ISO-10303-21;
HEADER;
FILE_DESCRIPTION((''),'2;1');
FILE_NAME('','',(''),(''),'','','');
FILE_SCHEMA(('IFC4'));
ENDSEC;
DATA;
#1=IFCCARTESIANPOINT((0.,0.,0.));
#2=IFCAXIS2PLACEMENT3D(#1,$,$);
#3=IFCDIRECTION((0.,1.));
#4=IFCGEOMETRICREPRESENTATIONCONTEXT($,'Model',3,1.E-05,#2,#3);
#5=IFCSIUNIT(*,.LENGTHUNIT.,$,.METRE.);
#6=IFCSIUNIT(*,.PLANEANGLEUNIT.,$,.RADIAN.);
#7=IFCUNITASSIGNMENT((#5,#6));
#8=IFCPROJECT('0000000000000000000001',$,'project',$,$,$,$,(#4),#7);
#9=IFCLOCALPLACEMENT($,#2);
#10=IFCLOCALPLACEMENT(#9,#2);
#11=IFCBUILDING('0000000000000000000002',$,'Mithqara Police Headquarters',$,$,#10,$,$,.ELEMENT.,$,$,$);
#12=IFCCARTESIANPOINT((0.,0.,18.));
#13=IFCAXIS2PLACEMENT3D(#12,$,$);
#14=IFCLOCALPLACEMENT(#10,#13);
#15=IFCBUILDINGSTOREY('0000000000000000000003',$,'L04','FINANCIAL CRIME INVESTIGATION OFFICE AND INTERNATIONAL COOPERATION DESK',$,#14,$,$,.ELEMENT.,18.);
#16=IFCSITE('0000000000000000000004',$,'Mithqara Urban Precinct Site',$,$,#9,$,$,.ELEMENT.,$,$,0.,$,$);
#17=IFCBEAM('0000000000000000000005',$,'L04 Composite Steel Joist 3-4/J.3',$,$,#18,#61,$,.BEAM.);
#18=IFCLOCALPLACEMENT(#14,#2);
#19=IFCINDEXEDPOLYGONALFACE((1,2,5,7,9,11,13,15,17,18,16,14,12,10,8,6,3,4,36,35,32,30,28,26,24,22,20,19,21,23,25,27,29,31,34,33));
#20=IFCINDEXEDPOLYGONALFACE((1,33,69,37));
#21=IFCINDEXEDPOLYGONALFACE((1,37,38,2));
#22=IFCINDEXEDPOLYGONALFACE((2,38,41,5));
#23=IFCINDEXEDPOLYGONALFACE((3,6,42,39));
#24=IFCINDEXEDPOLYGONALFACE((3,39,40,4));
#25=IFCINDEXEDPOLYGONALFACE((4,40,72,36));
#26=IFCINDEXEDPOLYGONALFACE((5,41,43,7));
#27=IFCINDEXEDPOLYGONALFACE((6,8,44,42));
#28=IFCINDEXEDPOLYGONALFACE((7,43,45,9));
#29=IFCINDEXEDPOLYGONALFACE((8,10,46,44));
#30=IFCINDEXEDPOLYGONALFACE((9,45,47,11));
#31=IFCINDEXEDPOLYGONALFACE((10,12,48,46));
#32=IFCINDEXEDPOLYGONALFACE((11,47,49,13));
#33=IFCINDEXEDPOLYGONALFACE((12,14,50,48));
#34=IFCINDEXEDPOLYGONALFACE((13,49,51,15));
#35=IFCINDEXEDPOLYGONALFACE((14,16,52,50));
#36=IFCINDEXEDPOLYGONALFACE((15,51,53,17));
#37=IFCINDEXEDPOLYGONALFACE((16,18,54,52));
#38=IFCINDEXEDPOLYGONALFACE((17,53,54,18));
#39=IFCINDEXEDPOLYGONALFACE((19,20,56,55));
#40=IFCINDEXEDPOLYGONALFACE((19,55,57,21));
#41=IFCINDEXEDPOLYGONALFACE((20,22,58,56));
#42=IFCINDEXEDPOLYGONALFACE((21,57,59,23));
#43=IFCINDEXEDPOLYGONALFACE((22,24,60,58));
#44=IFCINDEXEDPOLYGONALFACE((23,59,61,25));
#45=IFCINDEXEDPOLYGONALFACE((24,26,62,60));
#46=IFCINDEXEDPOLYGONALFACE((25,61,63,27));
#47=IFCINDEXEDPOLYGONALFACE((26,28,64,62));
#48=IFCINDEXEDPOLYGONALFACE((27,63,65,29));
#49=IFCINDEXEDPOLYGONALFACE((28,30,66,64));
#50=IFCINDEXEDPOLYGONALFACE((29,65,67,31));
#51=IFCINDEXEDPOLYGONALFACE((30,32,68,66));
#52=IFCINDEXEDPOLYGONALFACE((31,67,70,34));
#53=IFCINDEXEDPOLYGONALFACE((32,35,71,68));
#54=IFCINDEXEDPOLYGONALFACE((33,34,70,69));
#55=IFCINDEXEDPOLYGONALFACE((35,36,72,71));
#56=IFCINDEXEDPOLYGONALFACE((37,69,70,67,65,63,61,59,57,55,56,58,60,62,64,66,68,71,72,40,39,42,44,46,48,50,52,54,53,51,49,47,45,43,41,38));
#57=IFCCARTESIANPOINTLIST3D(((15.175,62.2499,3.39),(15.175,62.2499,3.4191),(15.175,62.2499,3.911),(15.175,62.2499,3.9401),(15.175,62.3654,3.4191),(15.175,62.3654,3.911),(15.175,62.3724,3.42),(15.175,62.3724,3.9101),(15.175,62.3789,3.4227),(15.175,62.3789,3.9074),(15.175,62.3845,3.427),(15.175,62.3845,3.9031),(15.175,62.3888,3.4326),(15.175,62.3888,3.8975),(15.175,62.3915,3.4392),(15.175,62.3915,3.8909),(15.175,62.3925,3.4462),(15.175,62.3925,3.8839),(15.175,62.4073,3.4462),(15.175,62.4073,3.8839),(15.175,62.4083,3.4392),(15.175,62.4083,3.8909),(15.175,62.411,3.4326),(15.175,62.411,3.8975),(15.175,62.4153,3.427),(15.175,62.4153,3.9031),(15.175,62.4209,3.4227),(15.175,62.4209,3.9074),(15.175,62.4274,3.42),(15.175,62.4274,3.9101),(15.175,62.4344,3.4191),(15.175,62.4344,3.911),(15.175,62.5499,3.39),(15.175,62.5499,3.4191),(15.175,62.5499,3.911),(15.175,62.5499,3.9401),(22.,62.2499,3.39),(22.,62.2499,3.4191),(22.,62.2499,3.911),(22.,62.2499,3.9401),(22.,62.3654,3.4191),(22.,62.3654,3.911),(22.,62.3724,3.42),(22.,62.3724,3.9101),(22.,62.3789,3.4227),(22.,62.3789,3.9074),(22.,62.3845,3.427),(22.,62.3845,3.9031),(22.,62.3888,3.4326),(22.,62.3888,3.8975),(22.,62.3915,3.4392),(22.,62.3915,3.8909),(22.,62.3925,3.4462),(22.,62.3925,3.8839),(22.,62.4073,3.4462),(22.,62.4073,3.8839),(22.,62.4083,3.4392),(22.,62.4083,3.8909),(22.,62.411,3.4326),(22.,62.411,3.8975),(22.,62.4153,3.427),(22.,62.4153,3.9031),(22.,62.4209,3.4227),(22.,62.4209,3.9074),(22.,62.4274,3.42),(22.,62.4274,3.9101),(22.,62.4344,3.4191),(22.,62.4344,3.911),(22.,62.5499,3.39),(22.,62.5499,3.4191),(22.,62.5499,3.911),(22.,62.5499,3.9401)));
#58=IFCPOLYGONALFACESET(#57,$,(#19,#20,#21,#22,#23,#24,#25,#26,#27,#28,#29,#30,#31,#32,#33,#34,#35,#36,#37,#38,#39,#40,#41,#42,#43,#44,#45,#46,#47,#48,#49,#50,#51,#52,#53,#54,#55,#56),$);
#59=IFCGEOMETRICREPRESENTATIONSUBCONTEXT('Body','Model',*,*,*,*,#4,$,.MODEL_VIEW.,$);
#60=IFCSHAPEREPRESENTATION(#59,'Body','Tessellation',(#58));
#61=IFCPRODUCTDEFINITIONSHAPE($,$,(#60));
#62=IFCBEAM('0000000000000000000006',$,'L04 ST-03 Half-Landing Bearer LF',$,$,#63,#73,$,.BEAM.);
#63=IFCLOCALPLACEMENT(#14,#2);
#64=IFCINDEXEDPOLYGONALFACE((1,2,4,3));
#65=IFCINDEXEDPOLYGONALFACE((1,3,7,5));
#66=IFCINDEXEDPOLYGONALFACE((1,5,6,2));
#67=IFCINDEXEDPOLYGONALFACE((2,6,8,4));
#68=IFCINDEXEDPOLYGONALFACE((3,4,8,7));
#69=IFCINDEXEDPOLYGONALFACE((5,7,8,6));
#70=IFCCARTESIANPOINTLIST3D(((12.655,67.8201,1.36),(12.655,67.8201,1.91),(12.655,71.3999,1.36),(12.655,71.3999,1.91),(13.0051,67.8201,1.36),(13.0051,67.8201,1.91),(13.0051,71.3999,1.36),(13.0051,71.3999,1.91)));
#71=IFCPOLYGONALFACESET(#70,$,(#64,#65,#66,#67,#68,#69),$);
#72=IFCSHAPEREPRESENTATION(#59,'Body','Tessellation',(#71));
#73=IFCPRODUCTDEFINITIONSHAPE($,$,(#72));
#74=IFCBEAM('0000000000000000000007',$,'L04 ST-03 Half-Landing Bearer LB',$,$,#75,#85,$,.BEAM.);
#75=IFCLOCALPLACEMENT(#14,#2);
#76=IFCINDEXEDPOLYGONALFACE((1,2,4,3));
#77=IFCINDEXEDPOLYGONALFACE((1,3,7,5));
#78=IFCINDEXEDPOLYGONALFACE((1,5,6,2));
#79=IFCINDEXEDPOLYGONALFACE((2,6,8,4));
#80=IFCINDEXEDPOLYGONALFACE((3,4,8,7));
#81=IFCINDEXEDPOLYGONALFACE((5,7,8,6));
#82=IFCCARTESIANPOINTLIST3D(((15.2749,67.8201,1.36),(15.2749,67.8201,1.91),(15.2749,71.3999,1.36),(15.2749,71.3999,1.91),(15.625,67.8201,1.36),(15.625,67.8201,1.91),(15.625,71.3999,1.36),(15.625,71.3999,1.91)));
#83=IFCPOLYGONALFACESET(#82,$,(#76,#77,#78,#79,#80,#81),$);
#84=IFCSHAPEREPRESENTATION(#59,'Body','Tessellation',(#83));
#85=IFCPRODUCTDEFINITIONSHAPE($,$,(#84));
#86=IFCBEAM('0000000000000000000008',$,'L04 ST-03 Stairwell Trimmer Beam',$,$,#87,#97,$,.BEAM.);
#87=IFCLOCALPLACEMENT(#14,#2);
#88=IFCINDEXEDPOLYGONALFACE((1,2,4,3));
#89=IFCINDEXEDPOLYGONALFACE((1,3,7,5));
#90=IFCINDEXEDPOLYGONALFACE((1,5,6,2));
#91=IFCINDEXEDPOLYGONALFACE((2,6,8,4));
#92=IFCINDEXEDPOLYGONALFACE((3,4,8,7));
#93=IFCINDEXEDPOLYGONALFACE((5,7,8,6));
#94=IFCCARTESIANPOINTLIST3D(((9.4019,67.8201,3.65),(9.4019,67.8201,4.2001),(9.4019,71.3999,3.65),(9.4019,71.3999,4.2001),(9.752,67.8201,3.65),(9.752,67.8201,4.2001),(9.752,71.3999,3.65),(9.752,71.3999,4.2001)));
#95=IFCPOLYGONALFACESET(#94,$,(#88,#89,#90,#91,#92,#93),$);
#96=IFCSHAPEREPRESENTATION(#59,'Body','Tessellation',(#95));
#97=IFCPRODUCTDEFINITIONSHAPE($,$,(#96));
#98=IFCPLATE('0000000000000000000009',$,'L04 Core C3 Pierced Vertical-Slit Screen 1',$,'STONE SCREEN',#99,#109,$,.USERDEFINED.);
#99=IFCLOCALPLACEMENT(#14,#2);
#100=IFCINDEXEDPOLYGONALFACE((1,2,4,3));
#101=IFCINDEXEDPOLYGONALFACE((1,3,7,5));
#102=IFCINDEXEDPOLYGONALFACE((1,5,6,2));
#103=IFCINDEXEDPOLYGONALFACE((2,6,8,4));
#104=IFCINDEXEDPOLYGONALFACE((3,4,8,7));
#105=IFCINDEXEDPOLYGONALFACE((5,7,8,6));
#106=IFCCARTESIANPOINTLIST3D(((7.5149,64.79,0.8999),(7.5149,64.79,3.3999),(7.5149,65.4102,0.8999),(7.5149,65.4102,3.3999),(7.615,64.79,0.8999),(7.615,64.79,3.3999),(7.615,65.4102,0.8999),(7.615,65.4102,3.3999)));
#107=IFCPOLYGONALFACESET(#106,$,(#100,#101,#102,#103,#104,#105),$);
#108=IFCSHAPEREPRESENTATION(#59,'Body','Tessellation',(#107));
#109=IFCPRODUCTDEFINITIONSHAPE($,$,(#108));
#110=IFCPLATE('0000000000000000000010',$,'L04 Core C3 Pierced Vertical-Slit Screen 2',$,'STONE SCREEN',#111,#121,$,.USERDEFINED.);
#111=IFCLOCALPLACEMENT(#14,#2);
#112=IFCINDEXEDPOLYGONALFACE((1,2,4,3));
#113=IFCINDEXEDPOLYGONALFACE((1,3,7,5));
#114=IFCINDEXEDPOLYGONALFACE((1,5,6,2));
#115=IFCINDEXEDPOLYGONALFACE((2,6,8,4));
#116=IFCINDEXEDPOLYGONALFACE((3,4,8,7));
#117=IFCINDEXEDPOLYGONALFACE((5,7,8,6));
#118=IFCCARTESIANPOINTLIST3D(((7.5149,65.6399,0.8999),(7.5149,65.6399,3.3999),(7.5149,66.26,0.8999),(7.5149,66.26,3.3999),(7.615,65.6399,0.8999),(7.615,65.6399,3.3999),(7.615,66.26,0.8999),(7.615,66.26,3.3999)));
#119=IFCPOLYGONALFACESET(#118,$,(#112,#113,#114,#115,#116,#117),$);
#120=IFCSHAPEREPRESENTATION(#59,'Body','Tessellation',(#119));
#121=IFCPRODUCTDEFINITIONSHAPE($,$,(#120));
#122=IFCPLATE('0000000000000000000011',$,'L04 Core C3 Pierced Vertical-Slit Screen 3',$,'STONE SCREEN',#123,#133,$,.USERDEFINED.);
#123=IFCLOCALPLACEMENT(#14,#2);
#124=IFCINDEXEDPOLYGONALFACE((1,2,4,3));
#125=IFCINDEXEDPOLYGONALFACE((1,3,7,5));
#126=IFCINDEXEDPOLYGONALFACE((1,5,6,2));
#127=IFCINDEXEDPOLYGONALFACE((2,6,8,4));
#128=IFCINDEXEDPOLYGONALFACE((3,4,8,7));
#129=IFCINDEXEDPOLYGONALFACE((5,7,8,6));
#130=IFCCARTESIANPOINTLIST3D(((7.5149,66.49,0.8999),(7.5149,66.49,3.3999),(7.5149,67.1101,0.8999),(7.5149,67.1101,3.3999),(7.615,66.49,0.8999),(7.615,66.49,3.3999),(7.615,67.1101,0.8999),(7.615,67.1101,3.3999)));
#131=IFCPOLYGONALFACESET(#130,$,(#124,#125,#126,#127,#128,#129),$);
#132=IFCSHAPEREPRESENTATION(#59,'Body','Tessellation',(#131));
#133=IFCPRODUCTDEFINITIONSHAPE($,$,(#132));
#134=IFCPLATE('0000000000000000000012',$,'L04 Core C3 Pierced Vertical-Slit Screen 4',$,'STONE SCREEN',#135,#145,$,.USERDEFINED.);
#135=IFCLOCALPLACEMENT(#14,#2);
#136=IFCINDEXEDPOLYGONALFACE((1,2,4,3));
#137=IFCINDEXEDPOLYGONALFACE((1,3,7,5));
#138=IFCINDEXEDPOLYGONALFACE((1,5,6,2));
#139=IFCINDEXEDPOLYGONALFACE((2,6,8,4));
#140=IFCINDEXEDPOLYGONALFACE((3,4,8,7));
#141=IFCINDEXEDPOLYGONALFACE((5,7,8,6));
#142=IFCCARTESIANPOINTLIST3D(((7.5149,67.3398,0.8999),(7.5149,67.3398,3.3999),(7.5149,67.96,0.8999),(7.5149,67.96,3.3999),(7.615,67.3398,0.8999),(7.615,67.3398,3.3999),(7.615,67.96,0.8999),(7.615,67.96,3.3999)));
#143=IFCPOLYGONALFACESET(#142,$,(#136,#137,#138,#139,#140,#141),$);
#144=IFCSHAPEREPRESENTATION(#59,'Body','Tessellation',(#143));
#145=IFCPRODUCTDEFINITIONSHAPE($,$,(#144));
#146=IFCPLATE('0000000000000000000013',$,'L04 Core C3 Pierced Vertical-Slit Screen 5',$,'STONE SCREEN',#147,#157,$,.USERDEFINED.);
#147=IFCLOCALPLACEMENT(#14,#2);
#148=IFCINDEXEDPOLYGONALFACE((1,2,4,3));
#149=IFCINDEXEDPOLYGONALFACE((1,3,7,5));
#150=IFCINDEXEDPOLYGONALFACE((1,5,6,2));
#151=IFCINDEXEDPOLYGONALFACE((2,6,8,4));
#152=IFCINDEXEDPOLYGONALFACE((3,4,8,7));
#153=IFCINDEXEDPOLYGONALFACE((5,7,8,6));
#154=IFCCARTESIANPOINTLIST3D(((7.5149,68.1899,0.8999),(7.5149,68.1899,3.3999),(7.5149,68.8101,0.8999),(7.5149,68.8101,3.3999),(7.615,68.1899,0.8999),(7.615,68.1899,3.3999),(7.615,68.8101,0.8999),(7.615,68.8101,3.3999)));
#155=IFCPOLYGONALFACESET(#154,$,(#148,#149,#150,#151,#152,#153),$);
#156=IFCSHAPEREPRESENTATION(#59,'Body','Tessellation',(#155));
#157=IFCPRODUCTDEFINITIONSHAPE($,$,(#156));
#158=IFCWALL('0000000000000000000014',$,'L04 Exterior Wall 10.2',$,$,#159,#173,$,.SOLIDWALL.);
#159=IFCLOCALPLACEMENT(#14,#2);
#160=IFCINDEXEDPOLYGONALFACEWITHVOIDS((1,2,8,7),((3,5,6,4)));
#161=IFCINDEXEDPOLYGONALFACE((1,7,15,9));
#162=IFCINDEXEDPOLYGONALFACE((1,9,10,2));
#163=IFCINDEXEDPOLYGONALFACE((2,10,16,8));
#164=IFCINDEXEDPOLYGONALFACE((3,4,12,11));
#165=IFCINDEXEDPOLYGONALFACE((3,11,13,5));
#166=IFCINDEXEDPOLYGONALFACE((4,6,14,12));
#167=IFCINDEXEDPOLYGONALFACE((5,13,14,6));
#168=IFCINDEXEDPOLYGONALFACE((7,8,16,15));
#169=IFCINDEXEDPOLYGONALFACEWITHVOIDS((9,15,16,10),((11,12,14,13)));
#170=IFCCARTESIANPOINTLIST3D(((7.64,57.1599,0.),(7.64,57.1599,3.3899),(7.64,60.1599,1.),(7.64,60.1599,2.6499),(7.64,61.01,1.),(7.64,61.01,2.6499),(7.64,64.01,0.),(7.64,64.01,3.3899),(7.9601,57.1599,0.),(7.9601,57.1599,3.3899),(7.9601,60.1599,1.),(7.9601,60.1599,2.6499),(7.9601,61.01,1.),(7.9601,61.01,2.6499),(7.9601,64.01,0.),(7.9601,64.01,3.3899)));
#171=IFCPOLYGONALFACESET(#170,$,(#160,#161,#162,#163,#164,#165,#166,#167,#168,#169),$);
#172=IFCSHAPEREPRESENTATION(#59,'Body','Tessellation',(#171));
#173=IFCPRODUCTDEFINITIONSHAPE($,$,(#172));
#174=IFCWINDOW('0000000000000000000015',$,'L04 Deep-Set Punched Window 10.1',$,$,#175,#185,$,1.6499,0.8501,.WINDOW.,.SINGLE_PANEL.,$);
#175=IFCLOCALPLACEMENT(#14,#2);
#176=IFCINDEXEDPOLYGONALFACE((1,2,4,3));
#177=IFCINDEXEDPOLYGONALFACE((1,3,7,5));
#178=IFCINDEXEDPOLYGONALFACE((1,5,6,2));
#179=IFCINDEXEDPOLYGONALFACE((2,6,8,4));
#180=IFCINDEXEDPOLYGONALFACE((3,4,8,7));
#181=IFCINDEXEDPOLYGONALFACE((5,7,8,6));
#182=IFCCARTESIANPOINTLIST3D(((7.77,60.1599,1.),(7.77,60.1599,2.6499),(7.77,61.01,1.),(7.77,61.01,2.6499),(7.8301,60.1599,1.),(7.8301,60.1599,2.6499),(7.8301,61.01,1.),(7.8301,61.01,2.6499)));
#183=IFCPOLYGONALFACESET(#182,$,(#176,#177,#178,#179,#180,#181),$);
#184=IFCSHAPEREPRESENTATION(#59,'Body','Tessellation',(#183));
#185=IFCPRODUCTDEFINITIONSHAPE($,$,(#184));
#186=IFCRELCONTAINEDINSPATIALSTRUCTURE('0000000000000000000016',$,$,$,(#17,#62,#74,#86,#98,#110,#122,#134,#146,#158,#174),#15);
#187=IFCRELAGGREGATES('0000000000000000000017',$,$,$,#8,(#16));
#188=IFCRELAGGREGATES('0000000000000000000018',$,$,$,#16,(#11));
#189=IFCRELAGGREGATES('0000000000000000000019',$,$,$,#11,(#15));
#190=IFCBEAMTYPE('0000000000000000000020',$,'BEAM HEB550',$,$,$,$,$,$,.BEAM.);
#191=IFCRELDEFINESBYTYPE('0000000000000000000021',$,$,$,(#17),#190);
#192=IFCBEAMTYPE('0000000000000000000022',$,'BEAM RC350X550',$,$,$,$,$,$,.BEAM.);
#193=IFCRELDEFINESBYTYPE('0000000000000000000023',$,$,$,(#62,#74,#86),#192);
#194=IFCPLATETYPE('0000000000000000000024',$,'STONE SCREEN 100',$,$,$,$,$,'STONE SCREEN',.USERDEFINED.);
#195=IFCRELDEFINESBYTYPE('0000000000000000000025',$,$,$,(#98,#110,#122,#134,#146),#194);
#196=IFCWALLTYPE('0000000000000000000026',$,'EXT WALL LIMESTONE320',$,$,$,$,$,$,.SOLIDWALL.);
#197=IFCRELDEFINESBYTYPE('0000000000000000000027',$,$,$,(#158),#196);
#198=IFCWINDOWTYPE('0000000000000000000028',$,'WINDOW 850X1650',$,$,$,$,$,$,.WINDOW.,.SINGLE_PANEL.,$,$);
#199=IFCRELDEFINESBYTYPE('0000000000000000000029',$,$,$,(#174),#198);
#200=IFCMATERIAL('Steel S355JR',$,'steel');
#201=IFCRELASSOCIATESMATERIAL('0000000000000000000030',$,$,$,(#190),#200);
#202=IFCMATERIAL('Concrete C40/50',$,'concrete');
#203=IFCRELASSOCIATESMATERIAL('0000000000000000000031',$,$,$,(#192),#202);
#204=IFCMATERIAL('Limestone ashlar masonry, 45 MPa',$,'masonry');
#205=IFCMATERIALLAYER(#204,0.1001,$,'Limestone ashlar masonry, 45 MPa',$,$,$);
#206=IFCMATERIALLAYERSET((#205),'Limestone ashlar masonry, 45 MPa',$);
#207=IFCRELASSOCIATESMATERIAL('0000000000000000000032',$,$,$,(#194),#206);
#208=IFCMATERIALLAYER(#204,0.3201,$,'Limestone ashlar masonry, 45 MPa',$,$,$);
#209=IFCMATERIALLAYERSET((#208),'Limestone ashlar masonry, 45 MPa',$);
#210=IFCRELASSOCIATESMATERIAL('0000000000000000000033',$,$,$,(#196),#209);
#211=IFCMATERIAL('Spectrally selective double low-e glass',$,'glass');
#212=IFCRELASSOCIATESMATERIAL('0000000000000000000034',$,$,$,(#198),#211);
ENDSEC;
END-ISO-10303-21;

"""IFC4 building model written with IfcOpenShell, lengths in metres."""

from ifc_helpers import new_model, si_unit, direction, frame, frame_2d, origin, origin_2d, place, context, subcontext, project, spatial, rectangle, i_section, extrude, material, layer, layer_set, material_profile, profile_set, type_object, element, fill, save


model = new_model("IFC4")

# Units and contexts
model_context = context("Model", 3, precision=1e-05, world=origin(), true_north=direction((0.0, 1.0)))
body_context = subcontext(model_context, "Body", "Model", "MODEL_VIEW")
ifc_project = project(units=[si_unit("LENGTHUNIT", "METRE"), si_unit("PLANEANGLEUNIT", "RADIAN")], contexts=[model_context])

# Site, building, storey
site_placement = place(None, origin())
site = spatial("IfcSite", under=ifc_project, at=site_placement, Name="Mithqara Urban Precinct Site", CompositionType="ELEMENT", RefElevation=0.0)
building_placement = place(site_placement, origin())
building = spatial("IfcBuilding", under=site, at=building_placement, Name="Mithqara Police Headquarters", CompositionType="ELEMENT")
storey_placement = place(building_placement, frame((0.0, 0.0, 18.0)))
storey = spatial("IfcBuildingStorey", under=building, at=storey_placement, Name="L04", Description="FINANCIAL CRIME INVESTIGATION OFFICE AND INTERNATIONAL COOPERATION DESK", CompositionType="ELEMENT", Elevation=18.0)

# Beams
ifc_material_1 = material(Name="Steel S355JR", Category="steel")
ifc_material_profile_1 = material_profile(ifc_material_1, i_section(OverallWidth=0.3, OverallDepth=0.55, WebThickness=0.0149, FlangeThickness=0.0291, FilletRadius=0.0271, at=origin_2d()), Name="HEB 550")
ifc_profile_set_1 = profile_set([ifc_material_profile_1], Name="Steel S355JR")
beam_type_1 = type_object("IfcBeamType", Name="BEAM HEB550", PredefinedType="BEAM", material=ifc_profile_set_1)
for number, where, z_axis, x_axis, name in (
    (1, (15.175, 62.3999, 3.665), (1.0, 0.0, 0.0), (0.0, 1.0, 0.0), "L04 Composite Steel Joist 3-4/J.3"),
):
    element("IfcBeam", number, at=place(storey_placement, frame(where, z_axis=z_axis, x_axis=x_axis)), inside=storey, type_object=beam_type_1, Name=name, PredefinedType="BEAM", context=body_context, shape_type="SweptSolid", body=[
        extrude(i_section(OverallWidth=0.3, OverallDepth=0.55, WebThickness=0.0149, FlangeThickness=0.0291, FilletRadius=0.0271, at=origin_2d()), origin(), (0.0, 0.0, 1.0), 6.825),
    ])
ifc_material_2 = material(Name="Concrete C40/50", Category="concrete")
ifc_material_profile_2 = material_profile(ifc_material_2, rectangle(XDim=0.3501, YDim=0.55, at=origin_2d()), Name="RC 350x550")
ifc_profile_set_2 = profile_set([ifc_material_profile_2], Name="Concrete C40/50")
beam_type_2 = type_object("IfcBeamType", Name="BEAM RC350X550", PredefinedType="BEAM", material=ifc_profile_set_2)
for number, where, z_axis, x_axis, name in (
    (2, (12.8301, 67.8201, 1.635), (0.0, 1.0, 0.0), (-1.0, 0.0, 0.0), "L04 ST-03 Half-Landing Bearer LF"),
    (3, (15.45, 67.8201, 1.635), (0.0, 1.0, 0.0), (-1.0, 0.0, 0.0), "L04 ST-03 Half-Landing Bearer LB"),
    (4, (9.5769, 67.8201, 3.925), (0.0, 1.0, 0.0), (-1.0, 0.0, 0.0), "L04 ST-03 Stairwell Trimmer Beam"),
):
    element("IfcBeam", number, at=place(storey_placement, frame(where, z_axis=z_axis, x_axis=x_axis)), inside=storey, type_object=beam_type_2, Name=name, PredefinedType="BEAM", context=body_context, shape_type="SweptSolid", body=[
        extrude(rectangle(XDim=0.3501, YDim=0.55, at=origin_2d()), origin(), (0.0, 0.0, 1.0), 3.5798),
    ])

# Plates
ifc_material_3 = material(Name="Limestone ashlar masonry, 45 MPa", Category="masonry")
ifc_layer_1 = layer(ifc_material_3, 0.1001, Name="Limestone ashlar masonry, 45 MPa")
ifc_layer_set_1 = layer_set([ifc_layer_1], Name="Limestone ashlar masonry, 45 MPa")
plate_type = type_object("IfcPlateType", Name="STONE SCREEN 100", ElementType="STONE SCREEN", PredefinedType="USERDEFINED", material=ifc_layer_set_1)
for number, where, z_axis, x_axis, name in (
    (5, (7.5649, 65.1001, 0.8999), (0.0, 0.0, 1.0), (0.0, 1.0, 0.0), "L04 Core C3 Pierced Vertical-Slit Screen 1"),
    (6, (7.5649, 65.95, 0.8999), (0.0, 0.0, 1.0), (0.0, 1.0, 0.0), "L04 Core C3 Pierced Vertical-Slit Screen 2"),
    (7, (7.5649, 66.8, 0.8999), (0.0, 0.0, 1.0), (0.0, 1.0, 0.0), "L04 Core C3 Pierced Vertical-Slit Screen 3"),
    (8, (7.5649, 67.6499, 0.8999), (0.0, 0.0, 1.0), (0.0, 1.0, 0.0), "L04 Core C3 Pierced Vertical-Slit Screen 4"),
    (9, (7.5649, 68.5, 0.8999), (0.0, 0.0, 1.0), (0.0, 1.0, 0.0), "L04 Core C3 Pierced Vertical-Slit Screen 5"),
):
    element("IfcPlate", number, at=place(storey_placement, frame(where, z_axis=z_axis, x_axis=x_axis)), inside=storey, type_object=plate_type, Name=name, ObjectType="STONE SCREEN", PredefinedType="USERDEFINED", context=body_context, shape_type="SweptSolid", body=[
        extrude(rectangle(XDim=0.6201, YDim=0.1001, at=origin_2d()), origin(), (0.0, 0.0, 1.0), 2.5),
    ])

# Wall, opening, window
ifc_layer_2 = layer(ifc_material_3, 0.3201, Name="Limestone ashlar masonry, 45 MPa")
ifc_layer_set_2 = layer_set([ifc_layer_2], Name="Limestone ashlar masonry, 45 MPa")
wall_type_1 = type_object("IfcWallType", Name="EXT WALL LIMESTONE320", PredefinedType="SOLIDWALL", material=ifc_layer_set_2)
wall_1_placement = place(storey_placement, frame((7.8, 64.01, 0.0), z_axis=(0.0, 0.0, 1.0), x_axis=(0.0, -1.0, 0.0)))
wall_1 = element("IfcWall", 10, at=wall_1_placement, inside=storey, type_object=wall_type_1, Name="L04 Exterior Wall 10.2", PredefinedType="SOLIDWALL", context=body_context, shape_type="SweptSolid", body=[
    extrude(rectangle(XDim=6.8501, YDim=0.3201, at=frame_2d((3.425, 0.0))), origin(), (0.0, 0.0, 1.0), 3.3899),
])
opening_1_placement = place(wall_1_placement, frame((3.0, 0.0, 1.0)))
opening_1 = element("IfcOpeningElement", 11, at=opening_1_placement, cuts=wall_1, PredefinedType="OPENING", context=body_context, shape_type="SweptSolid", body=[
    extrude(rectangle(XDim=0.8501, YDim=1.6499, at=frame_2d((0.425, 0.825))), frame((0.0, 0.1699, 0.0), z_axis=(0.0, -1.0, 0.0), x_axis=(1.0, 0.0, 0.0)), (0.0, 0.0, 1.0), 0.3401),
])
ifc_material_4 = material(Name="Spectrally selective double low-e glass", Category="glass")
window_type = type_object("IfcWindowType", Name="WINDOW 850X1650", PartitioningType="SINGLE_PANEL", PredefinedType="WINDOW", material=ifc_material_4)
window_placement = place(opening_1_placement, origin())
window = element("IfcWindow", 12, at=window_placement, inside=storey, type_object=window_type, Name="L04 Deep-Set Punched Window 10.1", OverallHeight=1.6499, OverallWidth=0.8501, PartitioningType="SINGLE_PANEL", PredefinedType="WINDOW", context=body_context, shape_type="SweptSolid", body=[
    extrude(rectangle(XDim=0.8501, YDim=1.6499, at=frame_2d((0.425, 0.825))), frame((0.0, 0.03, 0.0), z_axis=(0.0, -1.0, 0.0), x_axis=(1.0, 0.0, 0.0)), (0.0, 0.0, 1.0), 0.0601),
])
fill(opening_1, window)

save(model, "model.ifc")
